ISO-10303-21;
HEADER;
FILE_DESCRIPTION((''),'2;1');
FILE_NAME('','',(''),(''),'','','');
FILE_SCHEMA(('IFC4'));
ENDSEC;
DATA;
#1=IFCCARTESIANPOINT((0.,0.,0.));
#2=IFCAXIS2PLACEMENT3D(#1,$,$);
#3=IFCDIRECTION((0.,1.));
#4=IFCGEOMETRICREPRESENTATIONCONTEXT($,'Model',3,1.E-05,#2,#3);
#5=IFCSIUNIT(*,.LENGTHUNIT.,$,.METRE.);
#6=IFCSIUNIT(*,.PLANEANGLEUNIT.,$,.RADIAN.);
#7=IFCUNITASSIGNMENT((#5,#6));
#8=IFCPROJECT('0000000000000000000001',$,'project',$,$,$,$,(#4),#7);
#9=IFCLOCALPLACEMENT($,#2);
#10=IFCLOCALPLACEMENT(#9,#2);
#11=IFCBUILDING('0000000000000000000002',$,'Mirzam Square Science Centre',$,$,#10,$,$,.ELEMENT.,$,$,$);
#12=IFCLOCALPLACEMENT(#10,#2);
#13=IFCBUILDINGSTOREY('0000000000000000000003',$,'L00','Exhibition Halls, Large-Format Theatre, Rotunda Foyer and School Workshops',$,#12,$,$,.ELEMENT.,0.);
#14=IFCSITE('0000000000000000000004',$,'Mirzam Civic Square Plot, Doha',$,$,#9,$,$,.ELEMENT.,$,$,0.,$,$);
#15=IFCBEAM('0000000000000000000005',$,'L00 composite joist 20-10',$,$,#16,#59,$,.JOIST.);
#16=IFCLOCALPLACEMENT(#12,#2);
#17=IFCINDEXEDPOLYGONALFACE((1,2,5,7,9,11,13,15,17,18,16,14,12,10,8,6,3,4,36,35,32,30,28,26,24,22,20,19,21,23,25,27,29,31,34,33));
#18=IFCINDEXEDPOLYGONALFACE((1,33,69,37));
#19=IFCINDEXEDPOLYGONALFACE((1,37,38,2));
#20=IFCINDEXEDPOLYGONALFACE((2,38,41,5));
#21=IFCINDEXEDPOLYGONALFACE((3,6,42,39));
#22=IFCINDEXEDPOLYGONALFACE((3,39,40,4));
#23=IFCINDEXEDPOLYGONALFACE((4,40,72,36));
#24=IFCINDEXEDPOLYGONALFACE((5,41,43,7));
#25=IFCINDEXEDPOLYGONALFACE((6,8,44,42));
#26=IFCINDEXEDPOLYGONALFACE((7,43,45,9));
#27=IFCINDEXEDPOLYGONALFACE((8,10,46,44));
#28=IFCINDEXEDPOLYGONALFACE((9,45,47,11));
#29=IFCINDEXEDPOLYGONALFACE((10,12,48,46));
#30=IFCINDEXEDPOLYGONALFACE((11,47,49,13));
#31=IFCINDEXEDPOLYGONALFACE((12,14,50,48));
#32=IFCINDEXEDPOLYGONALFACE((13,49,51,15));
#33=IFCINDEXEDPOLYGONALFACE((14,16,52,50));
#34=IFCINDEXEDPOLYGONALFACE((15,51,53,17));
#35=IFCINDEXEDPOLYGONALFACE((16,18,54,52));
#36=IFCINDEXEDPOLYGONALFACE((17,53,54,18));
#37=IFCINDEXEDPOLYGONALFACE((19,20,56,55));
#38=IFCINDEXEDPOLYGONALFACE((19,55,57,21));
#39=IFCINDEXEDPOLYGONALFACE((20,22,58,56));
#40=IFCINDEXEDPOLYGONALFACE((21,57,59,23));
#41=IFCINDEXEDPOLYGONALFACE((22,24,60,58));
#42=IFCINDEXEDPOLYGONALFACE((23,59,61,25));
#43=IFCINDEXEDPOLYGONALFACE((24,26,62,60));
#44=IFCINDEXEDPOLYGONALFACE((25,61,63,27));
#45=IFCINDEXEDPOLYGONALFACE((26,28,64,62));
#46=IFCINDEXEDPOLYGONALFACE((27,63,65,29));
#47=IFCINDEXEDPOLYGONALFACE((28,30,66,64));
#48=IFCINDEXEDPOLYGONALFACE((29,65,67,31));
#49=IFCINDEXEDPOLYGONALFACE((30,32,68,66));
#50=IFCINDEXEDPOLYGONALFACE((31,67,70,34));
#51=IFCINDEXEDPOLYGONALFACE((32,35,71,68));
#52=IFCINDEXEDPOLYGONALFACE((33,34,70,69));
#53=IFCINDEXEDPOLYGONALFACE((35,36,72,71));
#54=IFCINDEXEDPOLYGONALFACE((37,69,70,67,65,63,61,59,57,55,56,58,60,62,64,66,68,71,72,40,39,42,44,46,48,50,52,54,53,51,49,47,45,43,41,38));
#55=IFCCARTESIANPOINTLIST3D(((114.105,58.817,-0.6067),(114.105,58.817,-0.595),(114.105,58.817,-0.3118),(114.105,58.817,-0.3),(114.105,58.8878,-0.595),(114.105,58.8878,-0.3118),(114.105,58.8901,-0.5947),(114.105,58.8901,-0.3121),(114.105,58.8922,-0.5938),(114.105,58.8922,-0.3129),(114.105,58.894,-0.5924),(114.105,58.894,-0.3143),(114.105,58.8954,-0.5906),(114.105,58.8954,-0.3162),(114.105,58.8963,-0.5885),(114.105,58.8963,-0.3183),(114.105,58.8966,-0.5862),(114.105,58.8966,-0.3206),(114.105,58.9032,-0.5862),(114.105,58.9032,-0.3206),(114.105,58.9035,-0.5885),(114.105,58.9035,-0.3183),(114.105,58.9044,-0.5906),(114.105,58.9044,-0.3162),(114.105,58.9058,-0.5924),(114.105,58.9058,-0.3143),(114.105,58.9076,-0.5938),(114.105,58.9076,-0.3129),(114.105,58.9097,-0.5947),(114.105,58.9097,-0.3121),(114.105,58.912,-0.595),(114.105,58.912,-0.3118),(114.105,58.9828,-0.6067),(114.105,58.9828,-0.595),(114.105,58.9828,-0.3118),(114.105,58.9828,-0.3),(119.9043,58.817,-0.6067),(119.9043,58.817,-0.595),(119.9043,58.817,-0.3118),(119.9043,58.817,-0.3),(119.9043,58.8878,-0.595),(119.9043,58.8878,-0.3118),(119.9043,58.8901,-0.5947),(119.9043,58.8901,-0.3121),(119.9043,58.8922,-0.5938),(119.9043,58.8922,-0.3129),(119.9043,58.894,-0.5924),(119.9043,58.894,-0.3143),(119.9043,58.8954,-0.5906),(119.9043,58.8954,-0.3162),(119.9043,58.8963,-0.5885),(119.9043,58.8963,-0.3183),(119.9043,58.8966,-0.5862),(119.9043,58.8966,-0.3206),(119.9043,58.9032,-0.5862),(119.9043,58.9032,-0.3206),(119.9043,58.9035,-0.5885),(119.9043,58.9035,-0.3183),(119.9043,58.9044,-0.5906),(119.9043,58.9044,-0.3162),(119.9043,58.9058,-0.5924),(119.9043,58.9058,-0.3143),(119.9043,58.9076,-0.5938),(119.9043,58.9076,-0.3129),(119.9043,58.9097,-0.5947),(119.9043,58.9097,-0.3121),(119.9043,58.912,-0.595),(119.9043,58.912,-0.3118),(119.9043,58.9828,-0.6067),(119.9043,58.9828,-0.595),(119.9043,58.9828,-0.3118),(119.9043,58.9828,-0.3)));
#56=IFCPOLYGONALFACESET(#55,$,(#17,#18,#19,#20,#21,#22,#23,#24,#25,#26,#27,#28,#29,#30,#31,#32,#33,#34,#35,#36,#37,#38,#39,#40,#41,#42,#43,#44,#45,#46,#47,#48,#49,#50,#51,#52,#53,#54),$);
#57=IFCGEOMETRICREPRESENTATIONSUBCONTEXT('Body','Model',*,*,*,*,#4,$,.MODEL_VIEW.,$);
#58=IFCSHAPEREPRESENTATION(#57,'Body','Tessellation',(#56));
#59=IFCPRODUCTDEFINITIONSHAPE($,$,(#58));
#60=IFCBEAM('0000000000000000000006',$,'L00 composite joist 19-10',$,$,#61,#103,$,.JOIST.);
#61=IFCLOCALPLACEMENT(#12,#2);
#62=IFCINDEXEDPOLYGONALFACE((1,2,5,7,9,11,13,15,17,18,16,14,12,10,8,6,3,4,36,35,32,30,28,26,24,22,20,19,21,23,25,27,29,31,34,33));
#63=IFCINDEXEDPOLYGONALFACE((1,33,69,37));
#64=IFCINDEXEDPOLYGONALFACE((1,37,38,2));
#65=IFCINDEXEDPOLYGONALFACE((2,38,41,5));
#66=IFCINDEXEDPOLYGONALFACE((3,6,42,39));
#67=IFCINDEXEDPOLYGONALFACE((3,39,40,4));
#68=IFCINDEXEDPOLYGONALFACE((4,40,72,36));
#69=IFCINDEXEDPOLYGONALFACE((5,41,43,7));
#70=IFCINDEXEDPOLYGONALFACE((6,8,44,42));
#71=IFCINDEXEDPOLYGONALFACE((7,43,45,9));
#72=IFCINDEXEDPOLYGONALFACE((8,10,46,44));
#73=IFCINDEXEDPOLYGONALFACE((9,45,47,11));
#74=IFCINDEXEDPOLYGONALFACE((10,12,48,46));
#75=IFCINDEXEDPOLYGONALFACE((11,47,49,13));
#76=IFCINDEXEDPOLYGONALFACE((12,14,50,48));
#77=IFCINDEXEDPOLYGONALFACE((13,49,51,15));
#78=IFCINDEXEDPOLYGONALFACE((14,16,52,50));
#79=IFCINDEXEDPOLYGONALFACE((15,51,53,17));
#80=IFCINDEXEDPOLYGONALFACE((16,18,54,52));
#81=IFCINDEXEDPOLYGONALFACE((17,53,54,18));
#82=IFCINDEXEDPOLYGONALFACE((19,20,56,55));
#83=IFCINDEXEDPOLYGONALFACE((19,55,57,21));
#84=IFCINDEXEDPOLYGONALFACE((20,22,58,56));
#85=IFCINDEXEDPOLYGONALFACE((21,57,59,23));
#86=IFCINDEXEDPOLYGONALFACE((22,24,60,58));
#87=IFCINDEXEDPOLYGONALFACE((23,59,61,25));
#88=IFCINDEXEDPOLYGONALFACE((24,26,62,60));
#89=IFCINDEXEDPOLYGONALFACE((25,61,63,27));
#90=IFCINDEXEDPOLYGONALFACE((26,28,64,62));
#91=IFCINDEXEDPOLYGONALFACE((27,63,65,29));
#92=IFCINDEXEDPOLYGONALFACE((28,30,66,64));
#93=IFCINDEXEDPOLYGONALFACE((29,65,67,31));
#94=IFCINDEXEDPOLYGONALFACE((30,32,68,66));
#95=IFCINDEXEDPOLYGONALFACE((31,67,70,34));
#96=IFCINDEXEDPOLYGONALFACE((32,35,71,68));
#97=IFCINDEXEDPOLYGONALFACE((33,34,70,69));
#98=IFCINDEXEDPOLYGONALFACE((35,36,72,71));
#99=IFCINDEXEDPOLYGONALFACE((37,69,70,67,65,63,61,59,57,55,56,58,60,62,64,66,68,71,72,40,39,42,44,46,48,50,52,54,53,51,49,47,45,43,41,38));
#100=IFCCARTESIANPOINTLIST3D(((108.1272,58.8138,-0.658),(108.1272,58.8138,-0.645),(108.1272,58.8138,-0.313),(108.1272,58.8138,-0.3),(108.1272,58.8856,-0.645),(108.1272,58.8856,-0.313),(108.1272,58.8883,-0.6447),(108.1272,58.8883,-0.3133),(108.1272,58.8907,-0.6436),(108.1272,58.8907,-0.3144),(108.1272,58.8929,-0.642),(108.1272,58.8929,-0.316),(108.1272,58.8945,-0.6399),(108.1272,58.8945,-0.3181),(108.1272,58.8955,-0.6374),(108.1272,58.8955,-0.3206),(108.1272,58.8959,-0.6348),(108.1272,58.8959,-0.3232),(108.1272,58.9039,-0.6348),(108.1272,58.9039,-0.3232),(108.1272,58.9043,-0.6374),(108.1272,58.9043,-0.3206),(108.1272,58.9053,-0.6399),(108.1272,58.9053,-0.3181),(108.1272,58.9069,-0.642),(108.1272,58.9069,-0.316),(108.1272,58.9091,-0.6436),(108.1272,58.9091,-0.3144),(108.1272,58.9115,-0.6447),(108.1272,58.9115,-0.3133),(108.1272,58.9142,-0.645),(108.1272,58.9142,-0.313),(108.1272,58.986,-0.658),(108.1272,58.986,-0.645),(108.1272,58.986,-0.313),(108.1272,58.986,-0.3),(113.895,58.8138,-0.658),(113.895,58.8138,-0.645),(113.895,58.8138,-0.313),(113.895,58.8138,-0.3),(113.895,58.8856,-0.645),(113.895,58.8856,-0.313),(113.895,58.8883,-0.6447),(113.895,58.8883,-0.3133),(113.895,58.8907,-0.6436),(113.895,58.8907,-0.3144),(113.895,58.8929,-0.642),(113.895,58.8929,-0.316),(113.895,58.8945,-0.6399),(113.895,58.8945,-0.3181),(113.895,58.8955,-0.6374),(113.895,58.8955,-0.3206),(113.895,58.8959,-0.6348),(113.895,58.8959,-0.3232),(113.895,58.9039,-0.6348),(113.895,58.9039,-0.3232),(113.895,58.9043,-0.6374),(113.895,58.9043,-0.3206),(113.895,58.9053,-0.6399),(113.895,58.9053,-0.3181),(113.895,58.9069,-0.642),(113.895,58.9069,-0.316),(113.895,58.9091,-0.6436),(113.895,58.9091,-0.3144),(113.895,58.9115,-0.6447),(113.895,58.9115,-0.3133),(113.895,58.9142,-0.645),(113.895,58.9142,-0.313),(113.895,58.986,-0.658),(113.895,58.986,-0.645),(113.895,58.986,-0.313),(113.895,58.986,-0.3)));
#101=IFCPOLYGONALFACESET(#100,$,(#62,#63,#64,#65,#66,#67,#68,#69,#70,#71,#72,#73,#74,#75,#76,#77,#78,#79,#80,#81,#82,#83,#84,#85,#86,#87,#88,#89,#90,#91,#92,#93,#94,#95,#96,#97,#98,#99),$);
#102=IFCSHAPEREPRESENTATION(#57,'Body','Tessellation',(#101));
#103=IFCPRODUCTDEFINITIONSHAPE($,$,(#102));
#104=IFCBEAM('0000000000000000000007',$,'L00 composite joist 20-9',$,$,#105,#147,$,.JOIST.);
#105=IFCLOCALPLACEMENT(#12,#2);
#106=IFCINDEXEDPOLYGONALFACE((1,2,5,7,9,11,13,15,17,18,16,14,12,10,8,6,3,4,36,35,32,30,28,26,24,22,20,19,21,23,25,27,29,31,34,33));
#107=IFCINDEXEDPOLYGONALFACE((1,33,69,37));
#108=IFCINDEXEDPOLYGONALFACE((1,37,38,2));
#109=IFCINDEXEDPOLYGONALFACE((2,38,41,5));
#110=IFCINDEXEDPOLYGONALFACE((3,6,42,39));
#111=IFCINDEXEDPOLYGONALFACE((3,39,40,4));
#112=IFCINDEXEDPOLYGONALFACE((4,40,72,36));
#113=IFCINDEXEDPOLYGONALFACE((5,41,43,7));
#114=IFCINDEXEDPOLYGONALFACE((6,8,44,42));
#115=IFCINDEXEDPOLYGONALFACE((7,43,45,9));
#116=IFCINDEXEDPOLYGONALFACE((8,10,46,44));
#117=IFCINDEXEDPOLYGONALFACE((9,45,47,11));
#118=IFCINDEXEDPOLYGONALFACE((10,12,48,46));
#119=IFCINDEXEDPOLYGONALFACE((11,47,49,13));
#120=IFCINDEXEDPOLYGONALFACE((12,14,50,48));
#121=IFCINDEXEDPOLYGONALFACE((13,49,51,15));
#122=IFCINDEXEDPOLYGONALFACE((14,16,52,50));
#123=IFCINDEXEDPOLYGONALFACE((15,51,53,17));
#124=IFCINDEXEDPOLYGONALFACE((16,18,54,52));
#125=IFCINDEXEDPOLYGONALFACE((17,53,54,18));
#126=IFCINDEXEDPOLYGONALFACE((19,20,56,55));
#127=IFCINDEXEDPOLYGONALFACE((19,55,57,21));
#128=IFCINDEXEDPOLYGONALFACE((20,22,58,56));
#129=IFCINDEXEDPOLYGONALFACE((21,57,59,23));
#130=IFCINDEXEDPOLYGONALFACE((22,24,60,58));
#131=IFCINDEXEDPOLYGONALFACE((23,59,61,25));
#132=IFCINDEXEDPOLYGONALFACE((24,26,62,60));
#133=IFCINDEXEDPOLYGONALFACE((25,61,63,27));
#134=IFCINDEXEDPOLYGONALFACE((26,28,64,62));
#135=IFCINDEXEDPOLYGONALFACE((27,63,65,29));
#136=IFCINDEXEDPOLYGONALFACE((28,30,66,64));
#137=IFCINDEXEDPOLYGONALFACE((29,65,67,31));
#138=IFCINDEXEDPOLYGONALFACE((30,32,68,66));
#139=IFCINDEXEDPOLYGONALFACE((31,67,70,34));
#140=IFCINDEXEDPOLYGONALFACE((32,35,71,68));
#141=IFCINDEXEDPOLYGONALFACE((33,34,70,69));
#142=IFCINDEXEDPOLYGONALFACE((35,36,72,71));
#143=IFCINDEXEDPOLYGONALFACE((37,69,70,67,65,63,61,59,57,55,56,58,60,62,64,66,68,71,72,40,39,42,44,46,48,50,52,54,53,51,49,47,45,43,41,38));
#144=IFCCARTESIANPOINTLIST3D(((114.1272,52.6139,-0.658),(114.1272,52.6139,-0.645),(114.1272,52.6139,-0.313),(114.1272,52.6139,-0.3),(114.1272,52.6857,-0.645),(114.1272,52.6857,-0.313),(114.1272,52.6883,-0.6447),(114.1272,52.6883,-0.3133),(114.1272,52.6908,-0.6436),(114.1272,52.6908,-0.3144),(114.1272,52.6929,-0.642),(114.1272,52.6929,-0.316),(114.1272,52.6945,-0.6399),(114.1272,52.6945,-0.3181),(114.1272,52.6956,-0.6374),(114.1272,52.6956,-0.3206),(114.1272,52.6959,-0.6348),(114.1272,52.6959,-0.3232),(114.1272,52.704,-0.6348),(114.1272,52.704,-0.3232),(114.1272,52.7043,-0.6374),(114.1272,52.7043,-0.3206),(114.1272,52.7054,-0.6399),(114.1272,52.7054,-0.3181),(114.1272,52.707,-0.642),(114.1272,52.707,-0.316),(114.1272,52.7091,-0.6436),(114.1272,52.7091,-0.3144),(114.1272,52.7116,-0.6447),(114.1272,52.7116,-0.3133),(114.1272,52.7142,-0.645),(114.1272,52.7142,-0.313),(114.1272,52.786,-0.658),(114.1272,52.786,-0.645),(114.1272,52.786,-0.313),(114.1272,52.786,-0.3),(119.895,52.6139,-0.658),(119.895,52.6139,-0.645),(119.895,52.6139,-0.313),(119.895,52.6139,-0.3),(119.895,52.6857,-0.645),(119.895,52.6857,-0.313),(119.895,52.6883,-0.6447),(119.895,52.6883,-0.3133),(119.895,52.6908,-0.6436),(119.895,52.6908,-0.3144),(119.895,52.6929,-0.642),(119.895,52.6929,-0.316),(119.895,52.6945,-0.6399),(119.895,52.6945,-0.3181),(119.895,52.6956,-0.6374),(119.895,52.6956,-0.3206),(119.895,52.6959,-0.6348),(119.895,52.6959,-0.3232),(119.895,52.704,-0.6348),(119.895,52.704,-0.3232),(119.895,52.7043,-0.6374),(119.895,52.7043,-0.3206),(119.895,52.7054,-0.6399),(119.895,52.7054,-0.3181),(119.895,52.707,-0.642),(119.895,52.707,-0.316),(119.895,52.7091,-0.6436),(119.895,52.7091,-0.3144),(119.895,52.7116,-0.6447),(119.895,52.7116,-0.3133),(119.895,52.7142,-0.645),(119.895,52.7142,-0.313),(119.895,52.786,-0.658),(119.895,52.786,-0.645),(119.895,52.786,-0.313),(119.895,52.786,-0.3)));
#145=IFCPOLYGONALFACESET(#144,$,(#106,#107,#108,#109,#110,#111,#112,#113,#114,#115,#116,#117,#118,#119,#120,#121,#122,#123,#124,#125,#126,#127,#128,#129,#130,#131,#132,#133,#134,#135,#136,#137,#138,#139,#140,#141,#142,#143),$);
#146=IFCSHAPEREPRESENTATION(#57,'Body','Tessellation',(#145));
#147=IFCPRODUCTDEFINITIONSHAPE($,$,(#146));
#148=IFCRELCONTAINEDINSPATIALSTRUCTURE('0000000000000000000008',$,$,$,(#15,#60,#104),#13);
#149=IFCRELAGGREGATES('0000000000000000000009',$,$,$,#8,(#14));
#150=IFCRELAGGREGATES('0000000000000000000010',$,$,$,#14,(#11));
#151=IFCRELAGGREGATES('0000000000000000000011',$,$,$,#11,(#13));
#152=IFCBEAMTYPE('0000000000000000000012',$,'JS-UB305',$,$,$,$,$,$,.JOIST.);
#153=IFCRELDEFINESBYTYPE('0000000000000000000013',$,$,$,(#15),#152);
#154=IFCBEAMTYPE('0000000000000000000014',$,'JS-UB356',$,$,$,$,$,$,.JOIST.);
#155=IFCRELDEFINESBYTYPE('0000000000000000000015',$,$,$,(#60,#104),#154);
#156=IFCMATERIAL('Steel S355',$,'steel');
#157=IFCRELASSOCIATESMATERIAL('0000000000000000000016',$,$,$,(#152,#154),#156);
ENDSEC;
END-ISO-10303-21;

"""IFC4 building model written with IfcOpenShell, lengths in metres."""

from ifc_helpers import new_model, si_unit, direction, frame, origin, origin_2d, place, context, subcontext, project, spatial, i_section, extrude, material, material_profile, profile_set, type_object, element, save


model = new_model("IFC4")

# Units and contexts
model_context = context("Model", 3, precision=1e-05, world=origin(), true_north=direction((0.0, 1.0)))
body_context = subcontext(model_context, "Body", "Model", "MODEL_VIEW")
ifc_project = project(units=[si_unit("LENGTHUNIT", "METRE"), si_unit("PLANEANGLEUNIT", "RADIAN")], contexts=[model_context])

# Site, building, storey
site_placement = place(None, origin())
site = spatial("IfcSite", under=ifc_project, at=site_placement, Name="Mirzam Civic Square Plot, Doha", CompositionType="ELEMENT", RefElevation=0.0)
building_placement = place(site_placement, origin())
building = spatial("IfcBuilding", under=site, at=building_placement, Name="Mirzam Square Science Centre", CompositionType="ELEMENT")
storey_placement = place(building_placement, origin())
storey = spatial("IfcBuildingStorey", under=building, at=storey_placement, Name="L00", Description="Exhibition Halls, Large-Format Theatre, Rotunda Foyer and School Workshops", CompositionType="ELEMENT", Elevation=0.0)

# Shared definitions
ifc_material_1 = material(Name="Steel S355", Category="steel")

# Beams
ifc_material_profile_1 = material_profile(ifc_material_1, i_section(OverallWidth=0.1658, OverallDepth=0.3066, WebThickness=0.0066, FlangeThickness=0.0117, FilletRadius=0.0088, at=origin_2d()), Name="305x165x46UB")
ifc_profile_set_1 = profile_set([ifc_material_profile_1], Name="Steel S355")
beam_type_1 = type_object("IfcBeamType", Name="JS-UB305", PredefinedType="JOIST", material=ifc_profile_set_1)
beam_1_placement = place(storey_placement, frame((114.105, 58.8999, -0.4534), z_axis=(1.0, 0.0, 0.0), x_axis=(0.0, 1.0, 0.0)))
element("IfcBeam", 1, at=beam_1_placement, inside=storey, type_object=beam_type_1, Name="L00 composite joist 20-10", PredefinedType="JOIST", context=body_context, shape_type="SweptSolid", body=[
    extrude(i_section(OverallWidth=0.1658, OverallDepth=0.3066, WebThickness=0.0066, FlangeThickness=0.0117, FilletRadius=0.0088, at=origin_2d()), origin(), (0.0, 0.0, 1.0), 5.7993),
])
ifc_material_profile_2 = material_profile(ifc_material_1, i_section(OverallWidth=0.1721, OverallDepth=0.3579, WebThickness=0.0081, FlangeThickness=0.0129, FilletRadius=0.0103, at=origin_2d()), Name="356x171x57UB")
ifc_profile_set_2 = profile_set([ifc_material_profile_2], Name="Steel S355")
beam_type_2 = type_object("IfcBeamType", Name="JS-UB356", PredefinedType="JOIST", material=ifc_profile_set_2)
for number, where, z_axis, x_axis, name in (
    (2, (108.1272, 58.8999, -0.479), (1.0, 0.0, 0.0), (0.0, 1.0, 0.0), "L00 composite joist 19-10"),
    (3, (114.1272, 52.7, -0.479), (1.0, 0.0, 0.0), (0.0, 1.0, 0.0), "L00 composite joist 20-9"),
):
    element("IfcBeam", number, at=place(storey_placement, frame(where, z_axis=z_axis, x_axis=x_axis)), inside=storey, type_object=beam_type_2, Name=name, PredefinedType="JOIST", context=body_context, shape_type="SweptSolid", body=[
        extrude(i_section(OverallWidth=0.1721, OverallDepth=0.3579, WebThickness=0.0081, FlangeThickness=0.0129, FilletRadius=0.0103, at=origin_2d()), origin(), (0.0, 0.0, 1.0), 5.7678),
    ])

save(model, "model.ifc")
